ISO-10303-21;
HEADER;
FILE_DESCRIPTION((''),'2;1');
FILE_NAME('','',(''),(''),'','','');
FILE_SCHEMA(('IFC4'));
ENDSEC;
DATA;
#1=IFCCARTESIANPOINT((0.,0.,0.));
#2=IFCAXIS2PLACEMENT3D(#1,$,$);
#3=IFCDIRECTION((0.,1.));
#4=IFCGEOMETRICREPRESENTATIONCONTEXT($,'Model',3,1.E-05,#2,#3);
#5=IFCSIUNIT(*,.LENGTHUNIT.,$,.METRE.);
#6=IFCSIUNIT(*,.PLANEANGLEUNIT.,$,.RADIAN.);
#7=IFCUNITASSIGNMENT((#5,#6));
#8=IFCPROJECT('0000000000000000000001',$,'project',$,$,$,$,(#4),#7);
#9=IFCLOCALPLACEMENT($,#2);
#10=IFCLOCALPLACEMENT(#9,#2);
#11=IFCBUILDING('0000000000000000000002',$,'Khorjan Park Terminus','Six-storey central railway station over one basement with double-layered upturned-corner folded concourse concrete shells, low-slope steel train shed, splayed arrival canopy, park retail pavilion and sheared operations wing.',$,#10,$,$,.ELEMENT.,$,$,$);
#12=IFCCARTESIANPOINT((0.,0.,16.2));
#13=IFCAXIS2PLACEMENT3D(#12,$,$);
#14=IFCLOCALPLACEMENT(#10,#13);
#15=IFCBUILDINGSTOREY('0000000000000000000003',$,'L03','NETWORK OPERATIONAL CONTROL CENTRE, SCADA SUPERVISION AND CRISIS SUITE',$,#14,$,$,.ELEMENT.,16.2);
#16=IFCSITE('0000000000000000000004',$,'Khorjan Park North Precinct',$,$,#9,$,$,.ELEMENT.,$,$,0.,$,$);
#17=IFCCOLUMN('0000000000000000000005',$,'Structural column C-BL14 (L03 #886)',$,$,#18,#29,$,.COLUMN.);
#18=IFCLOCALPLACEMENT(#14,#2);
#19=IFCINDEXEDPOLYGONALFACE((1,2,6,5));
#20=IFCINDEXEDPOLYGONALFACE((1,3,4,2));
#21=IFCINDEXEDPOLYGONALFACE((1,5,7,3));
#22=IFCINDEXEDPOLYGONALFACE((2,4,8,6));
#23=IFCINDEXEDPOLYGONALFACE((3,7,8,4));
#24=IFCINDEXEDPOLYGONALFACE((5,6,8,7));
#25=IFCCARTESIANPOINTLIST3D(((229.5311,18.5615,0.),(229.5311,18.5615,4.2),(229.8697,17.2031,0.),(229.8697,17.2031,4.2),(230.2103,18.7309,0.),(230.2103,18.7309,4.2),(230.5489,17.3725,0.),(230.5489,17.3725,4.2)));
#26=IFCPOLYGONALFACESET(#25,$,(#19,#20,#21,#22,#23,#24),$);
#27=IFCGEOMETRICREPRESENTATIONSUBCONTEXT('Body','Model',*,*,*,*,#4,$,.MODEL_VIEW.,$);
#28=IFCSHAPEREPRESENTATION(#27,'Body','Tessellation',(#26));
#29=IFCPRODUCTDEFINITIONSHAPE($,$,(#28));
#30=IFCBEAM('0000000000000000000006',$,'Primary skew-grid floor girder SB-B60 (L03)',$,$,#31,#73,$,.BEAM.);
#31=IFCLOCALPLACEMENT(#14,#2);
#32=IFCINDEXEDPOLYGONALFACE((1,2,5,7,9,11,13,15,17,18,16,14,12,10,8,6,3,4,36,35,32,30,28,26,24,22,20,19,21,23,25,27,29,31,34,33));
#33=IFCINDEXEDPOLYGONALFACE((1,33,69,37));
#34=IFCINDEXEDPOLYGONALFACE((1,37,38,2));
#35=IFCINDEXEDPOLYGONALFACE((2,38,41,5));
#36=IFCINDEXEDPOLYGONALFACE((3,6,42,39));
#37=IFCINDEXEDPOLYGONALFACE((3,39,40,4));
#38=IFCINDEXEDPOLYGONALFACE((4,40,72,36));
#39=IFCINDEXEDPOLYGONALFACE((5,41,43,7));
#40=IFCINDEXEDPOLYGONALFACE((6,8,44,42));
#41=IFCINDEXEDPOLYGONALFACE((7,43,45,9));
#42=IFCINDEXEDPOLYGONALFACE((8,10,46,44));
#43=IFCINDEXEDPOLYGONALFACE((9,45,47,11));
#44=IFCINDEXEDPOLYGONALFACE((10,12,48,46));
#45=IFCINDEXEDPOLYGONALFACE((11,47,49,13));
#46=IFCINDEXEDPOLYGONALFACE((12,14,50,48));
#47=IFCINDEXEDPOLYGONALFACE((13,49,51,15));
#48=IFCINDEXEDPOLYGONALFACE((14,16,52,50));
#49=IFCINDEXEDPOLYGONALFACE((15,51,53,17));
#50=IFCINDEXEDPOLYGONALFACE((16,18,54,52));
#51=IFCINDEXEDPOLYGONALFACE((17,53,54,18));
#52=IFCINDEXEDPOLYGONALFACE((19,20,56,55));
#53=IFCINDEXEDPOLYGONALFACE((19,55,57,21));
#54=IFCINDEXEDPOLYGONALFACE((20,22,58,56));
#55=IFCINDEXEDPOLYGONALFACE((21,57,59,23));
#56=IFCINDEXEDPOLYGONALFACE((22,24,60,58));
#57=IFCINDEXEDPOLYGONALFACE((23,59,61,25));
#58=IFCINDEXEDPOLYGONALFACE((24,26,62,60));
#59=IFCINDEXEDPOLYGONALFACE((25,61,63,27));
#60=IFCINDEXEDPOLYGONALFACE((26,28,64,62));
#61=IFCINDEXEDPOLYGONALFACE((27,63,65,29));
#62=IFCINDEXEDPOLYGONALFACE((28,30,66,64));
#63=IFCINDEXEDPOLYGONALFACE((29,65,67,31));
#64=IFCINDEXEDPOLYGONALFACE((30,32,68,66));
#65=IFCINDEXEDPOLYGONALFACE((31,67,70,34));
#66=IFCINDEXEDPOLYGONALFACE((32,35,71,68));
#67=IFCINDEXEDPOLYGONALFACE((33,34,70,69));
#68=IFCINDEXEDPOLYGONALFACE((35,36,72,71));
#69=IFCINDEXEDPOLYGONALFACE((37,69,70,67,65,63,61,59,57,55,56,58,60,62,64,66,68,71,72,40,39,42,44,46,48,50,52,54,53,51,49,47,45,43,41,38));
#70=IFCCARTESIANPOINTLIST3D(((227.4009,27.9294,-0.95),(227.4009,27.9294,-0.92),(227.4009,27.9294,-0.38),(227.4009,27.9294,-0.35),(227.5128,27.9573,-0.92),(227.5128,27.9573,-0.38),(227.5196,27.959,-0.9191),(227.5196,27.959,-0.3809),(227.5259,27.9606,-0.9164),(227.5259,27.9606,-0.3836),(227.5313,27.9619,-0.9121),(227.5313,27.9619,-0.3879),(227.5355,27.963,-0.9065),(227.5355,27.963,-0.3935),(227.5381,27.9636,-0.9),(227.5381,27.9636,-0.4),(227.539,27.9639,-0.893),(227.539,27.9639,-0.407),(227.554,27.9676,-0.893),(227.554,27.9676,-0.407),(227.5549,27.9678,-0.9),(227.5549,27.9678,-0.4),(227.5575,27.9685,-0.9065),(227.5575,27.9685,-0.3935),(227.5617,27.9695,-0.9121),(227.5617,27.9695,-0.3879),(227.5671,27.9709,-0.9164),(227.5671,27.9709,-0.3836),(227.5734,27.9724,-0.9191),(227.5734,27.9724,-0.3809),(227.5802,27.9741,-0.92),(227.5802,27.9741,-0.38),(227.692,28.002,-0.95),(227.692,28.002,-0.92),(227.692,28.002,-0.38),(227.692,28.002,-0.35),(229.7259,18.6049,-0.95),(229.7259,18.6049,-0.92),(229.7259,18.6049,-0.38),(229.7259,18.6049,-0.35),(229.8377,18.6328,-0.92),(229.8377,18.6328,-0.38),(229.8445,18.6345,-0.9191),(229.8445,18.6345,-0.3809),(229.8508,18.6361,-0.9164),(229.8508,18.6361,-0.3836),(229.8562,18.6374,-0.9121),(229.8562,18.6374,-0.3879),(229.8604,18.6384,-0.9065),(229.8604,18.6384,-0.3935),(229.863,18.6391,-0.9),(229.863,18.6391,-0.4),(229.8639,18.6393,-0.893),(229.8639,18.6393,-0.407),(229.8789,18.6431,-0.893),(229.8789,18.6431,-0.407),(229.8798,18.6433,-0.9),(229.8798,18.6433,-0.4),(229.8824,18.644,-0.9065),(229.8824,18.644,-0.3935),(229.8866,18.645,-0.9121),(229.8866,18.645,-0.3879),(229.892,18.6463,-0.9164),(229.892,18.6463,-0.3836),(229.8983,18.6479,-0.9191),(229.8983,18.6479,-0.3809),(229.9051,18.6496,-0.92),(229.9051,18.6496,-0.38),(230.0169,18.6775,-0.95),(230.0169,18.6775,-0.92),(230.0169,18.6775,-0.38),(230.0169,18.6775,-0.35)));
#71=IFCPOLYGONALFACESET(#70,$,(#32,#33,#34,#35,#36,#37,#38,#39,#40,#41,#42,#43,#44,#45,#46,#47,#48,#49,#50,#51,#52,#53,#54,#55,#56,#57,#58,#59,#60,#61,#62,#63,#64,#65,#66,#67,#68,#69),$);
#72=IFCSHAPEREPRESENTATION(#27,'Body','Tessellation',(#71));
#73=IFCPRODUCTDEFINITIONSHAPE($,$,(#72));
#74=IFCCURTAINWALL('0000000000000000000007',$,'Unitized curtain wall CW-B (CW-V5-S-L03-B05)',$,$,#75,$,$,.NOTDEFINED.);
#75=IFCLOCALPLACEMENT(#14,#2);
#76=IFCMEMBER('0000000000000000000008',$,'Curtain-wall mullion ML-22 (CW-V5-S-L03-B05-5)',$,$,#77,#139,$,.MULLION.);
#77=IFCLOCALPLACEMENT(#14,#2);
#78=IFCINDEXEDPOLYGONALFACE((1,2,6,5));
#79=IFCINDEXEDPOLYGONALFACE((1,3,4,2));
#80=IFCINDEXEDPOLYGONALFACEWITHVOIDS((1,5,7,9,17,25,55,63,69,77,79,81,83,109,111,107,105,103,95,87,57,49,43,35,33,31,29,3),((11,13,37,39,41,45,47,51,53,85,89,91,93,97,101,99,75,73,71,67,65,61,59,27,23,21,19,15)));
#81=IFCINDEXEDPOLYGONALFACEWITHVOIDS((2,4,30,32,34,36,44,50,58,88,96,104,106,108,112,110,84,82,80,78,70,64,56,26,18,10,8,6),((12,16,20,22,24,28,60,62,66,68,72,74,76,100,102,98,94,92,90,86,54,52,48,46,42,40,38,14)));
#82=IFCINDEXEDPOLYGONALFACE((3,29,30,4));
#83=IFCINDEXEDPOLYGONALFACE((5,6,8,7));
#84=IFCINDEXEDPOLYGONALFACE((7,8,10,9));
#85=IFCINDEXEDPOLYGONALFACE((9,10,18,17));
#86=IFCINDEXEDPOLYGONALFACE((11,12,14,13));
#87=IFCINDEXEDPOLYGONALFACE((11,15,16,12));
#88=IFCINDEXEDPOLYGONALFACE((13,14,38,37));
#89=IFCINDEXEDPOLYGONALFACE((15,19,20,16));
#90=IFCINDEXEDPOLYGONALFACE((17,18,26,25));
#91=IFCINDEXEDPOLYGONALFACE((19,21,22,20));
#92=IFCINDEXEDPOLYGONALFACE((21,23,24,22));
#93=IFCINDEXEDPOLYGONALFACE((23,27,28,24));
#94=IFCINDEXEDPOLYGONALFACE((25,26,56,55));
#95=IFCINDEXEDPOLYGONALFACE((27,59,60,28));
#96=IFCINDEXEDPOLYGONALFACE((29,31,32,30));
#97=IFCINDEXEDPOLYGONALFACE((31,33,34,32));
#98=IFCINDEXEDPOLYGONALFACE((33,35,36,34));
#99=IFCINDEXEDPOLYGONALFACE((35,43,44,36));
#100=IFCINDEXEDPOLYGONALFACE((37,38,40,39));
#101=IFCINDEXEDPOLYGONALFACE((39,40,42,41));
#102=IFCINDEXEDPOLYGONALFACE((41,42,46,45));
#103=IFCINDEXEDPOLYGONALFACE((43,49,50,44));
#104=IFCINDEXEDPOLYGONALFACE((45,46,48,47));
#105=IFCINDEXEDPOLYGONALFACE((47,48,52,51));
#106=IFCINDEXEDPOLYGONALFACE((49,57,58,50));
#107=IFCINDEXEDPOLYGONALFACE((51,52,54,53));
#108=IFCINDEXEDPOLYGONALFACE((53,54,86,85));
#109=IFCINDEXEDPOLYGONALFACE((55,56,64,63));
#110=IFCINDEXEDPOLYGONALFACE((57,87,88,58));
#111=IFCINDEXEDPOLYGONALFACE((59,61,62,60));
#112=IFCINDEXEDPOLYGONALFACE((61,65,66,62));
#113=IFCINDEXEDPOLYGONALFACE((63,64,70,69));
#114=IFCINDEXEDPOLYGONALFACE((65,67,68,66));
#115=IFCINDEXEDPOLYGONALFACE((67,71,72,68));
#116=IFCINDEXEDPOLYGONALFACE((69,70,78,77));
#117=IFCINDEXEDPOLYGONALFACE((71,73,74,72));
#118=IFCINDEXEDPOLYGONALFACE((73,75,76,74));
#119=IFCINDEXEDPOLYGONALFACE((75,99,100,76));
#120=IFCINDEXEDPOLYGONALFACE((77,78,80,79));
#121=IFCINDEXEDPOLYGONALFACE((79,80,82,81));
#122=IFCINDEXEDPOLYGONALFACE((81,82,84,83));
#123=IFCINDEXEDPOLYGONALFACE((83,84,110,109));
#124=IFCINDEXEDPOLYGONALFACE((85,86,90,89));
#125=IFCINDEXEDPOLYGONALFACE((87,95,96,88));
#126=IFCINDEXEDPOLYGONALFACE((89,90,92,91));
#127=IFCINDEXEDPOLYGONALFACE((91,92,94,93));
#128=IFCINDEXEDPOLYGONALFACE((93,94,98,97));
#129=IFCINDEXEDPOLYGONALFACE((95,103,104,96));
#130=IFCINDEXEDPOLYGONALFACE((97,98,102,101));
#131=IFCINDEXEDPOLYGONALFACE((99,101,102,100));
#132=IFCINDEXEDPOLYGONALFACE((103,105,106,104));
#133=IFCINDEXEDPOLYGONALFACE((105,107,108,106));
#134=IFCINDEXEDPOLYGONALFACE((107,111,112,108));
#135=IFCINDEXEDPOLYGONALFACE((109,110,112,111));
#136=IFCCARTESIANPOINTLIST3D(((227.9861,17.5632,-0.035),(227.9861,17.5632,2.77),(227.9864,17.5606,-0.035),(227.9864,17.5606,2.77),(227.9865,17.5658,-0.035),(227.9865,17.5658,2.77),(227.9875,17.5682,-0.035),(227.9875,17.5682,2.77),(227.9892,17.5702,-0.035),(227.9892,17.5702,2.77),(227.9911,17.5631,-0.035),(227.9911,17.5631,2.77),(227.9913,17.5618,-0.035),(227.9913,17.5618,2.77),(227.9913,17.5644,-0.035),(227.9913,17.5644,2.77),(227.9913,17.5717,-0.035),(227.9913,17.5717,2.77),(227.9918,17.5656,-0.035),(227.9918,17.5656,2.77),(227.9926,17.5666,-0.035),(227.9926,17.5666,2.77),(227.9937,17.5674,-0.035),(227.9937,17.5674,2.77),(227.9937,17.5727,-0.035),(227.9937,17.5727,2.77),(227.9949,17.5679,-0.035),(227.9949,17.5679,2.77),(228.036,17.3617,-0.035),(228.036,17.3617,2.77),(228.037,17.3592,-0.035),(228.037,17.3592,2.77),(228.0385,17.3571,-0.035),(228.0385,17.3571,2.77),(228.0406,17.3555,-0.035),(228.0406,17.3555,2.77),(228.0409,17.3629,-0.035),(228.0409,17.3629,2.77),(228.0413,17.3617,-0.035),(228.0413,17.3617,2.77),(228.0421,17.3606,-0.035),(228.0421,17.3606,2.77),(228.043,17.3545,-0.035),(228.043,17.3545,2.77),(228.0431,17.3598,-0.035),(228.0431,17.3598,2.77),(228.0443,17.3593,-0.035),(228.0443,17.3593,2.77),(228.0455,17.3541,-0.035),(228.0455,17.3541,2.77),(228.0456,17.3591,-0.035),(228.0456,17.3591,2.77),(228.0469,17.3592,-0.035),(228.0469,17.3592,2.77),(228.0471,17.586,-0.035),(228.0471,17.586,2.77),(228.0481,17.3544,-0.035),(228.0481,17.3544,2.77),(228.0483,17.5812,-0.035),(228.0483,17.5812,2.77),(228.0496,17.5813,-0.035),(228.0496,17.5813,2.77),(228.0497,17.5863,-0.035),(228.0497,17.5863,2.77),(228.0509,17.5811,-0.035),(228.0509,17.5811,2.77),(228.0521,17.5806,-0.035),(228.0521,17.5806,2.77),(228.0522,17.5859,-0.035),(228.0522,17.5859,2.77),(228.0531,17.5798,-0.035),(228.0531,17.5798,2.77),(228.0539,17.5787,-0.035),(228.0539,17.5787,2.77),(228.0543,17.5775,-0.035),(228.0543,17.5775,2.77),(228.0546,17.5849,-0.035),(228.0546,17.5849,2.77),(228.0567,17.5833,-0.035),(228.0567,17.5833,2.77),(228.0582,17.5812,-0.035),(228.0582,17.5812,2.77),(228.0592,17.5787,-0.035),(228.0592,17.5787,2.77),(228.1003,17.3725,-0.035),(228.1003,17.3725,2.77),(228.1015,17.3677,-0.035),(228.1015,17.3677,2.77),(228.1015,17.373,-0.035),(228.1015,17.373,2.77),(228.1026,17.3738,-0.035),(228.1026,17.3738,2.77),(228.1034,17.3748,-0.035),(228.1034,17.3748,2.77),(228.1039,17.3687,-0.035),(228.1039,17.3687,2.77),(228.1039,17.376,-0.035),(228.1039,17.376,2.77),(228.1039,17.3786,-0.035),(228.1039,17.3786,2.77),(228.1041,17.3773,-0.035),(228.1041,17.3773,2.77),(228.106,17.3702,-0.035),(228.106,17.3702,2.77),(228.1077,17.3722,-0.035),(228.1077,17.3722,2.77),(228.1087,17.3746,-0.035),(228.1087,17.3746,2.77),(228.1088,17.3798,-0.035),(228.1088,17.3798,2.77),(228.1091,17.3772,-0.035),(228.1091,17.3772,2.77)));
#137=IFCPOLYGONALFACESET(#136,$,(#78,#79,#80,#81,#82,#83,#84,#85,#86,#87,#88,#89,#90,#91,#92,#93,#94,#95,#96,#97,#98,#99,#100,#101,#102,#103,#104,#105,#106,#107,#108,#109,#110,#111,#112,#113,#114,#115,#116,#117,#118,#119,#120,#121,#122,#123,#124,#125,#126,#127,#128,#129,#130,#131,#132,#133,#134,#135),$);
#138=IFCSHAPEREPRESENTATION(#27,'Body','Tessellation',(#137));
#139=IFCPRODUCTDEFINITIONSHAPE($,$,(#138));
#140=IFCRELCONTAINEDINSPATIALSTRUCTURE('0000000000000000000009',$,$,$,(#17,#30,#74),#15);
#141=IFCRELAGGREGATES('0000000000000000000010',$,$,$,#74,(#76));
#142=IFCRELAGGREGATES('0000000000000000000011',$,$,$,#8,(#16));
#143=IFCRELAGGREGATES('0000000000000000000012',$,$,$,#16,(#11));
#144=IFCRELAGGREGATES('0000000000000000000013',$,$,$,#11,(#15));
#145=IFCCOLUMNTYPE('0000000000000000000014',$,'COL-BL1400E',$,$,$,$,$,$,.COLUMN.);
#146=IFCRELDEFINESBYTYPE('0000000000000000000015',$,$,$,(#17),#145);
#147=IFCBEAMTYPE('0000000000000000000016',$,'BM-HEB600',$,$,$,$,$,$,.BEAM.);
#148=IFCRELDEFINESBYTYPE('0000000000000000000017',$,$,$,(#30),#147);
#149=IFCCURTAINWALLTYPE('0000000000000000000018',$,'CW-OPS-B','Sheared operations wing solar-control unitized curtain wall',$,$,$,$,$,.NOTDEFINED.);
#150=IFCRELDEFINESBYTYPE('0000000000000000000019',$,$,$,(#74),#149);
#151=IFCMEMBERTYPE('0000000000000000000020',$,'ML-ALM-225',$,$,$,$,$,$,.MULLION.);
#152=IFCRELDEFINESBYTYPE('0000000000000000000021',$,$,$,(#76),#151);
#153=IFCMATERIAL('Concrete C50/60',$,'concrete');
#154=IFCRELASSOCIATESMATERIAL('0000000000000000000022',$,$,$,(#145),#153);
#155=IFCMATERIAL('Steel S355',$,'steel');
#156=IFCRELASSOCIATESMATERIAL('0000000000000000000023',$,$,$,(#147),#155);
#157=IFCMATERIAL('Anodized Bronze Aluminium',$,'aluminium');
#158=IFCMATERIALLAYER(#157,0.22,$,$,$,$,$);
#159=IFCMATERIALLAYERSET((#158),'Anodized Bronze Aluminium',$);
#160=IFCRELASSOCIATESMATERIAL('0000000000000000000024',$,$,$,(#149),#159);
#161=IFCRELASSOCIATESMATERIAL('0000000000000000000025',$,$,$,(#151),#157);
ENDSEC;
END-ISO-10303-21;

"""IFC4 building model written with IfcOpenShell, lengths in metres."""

from ifc_helpers import new_model, si_unit, direction, frame, origin, origin_2d, place, context, subcontext, project, spatial, rectangle, hollow_rectangle, i_section, extrude, material, layer, layer_set, material_profile, profile_set, type_object, element, aggregate, save


model = new_model("IFC4")

# Units and contexts
model_context = context("Model", 3, precision=1e-05, world=origin(), true_north=direction((0.0, 1.0)))
body_context = subcontext(model_context, "Body", "Model", "MODEL_VIEW")
ifc_project = project(units=[si_unit("LENGTHUNIT", "METRE"), si_unit("PLANEANGLEUNIT", "RADIAN")], contexts=[model_context])

# Site, building, storey
site_placement = place(None, origin())
site = spatial("IfcSite", under=ifc_project, at=site_placement, Name="Khorjan Park North Precinct", CompositionType="ELEMENT", RefElevation=0.0)
building_placement = place(site_placement, origin())
building = spatial("IfcBuilding", under=site, at=building_placement, Name="Khorjan Park Terminus", Description="Six-storey central railway station over one basement with double-layered upturned-corner folded concourse concrete shells, low-slope steel train shed, splayed arrival canopy, park retail pavilion and sheared operations wing.", CompositionType="ELEMENT")
storey_placement = place(building_placement, frame((0.0, 0.0, 16.2)))
storey = spatial("IfcBuildingStorey", under=building, at=storey_placement, Name="L03", Description="NETWORK OPERATIONAL CONTROL CENTRE, SCADA SUPERVISION AND CRISIS SUITE", CompositionType="ELEMENT", Elevation=16.2)

# Column
ifc_material_1 = material(Name="Concrete C50/60", Category="concrete")
ifc_material_profile_1 = material_profile(ifc_material_1, rectangle(XDim=0.7, YDim=1.4, at=origin_2d()), Name="RC 700x1400")
ifc_profile_set_1 = profile_set([ifc_material_profile_1], Name="Concrete C50/60")
column_type = type_object("IfcColumnType", Name="COL-BL1400E", PredefinedType="COLUMN", material=ifc_profile_set_1)
column_placement = place(storey_placement, frame((230.04, 17.967, 0.0), z_axis=(0.0, 0.0, 1.0), x_axis=(0.970296, 0.241922, 0.0)))
element("IfcColumn", 1, at=column_placement, inside=storey, type_object=column_type, Name="Structural column C-BL14 (L03 #886)", PredefinedType="COLUMN", context=body_context, shape_type="SweptSolid", body=[
    extrude(rectangle(XDim=0.7, YDim=1.4, at=origin_2d()), origin(), (0.0, 0.0, 1.0), 4.2),
])

# Beam
ifc_material_2 = material(Name="Steel S355", Category="steel")
ifc_material_profile_2 = material_profile(ifc_material_2, i_section(OverallWidth=0.3, OverallDepth=0.6, WebThickness=0.0155, FlangeThickness=0.03, FilletRadius=0.027, at=origin_2d()), Name="HEB 600")
ifc_profile_set_2 = profile_set([ifc_material_profile_2], Name="Steel S355")
beam_type = type_object("IfcBeamType", Name="BM-HEB600", PredefinedType="BEAM", material=ifc_profile_set_2)
beam_placement = place(storey_placement, frame((229.8714, 18.6412, -0.65), z_axis=(-0.241926, 0.970295, 0.0), x_axis=(-0.970295, -0.241926, 0.0)))
element("IfcBeam", 2, at=beam_placement, inside=storey, type_object=beam_type, Name="Primary skew-grid floor girder SB-B60 (L03)", PredefinedType="BEAM", context=body_context, shape_type="SweptSolid", body=[
    extrude(i_section(OverallWidth=0.3, OverallDepth=0.6, WebThickness=0.0155, FlangeThickness=0.03, FilletRadius=0.027, at=origin_2d()), origin(), (0.0, 0.0, 1.0), 9.61),
])

# Curtain wall, member
ifc_material_3 = material(Name="Anodized Bronze Aluminium", Category="aluminium")
ifc_layer_1 = layer(ifc_material_3, 0.22)
ifc_layer_set_1 = layer_set([ifc_layer_1], Name="Anodized Bronze Aluminium")
curtain_wall_type = type_object("IfcCurtainWallType", Name="CW-OPS-B", Description="Sheared operations wing solar-control unitized curtain wall", PredefinedType="NOTDEFINED", material=ifc_layer_set_1)
curtain_wall_1_placement = place(storey_placement, origin())
curtain_wall_1 = element("IfcCurtainWall", 3, at=curtain_wall_1_placement, inside=storey, type_object=curtain_wall_type, Name="Unitized curtain wall CW-B (CW-V5-S-L03-B05)", PredefinedType="NOTDEFINED")
ifc_material_profile_3 = material_profile(ifc_material_3, hollow_rectangle(XDim=0.075, YDim=0.225, WallThickness=0.005, InnerFilletRadius=0.005, OuterFilletRadius=0.01, at=origin_2d()), Name="ALM 75x225x5")
ifc_profile_set_3 = profile_set([ifc_material_profile_3], Name="Anodized Bronze Aluminium")
member_type_1 = type_object("IfcMemberType", Name="ML-ALM-225", PredefinedType="MULLION", material=ifc_profile_set_3)
member_1_placement = place(storey_placement, frame((228.0476, 17.4702, -0.035), z_axis=(0.0, 0.0, 1.0), x_axis=(0.970296, 0.241919, 0.0)))
member_1 = element("IfcMember", 4, at=member_1_placement, type_object=member_type_1, Name="Curtain-wall mullion ML-22 (CW-V5-S-L03-B05-5)", PredefinedType="MULLION", context=body_context, shape_type="SweptSolid", body=[
    extrude(hollow_rectangle(XDim=0.075, YDim=0.225, WallThickness=0.005, InnerFilletRadius=0.005, OuterFilletRadius=0.01, at=origin_2d()), origin(), (0.0, 0.0, 1.0), 2.805),
])

aggregate(curtain_wall_1, [member_1])

save(model, "model.ifc")
